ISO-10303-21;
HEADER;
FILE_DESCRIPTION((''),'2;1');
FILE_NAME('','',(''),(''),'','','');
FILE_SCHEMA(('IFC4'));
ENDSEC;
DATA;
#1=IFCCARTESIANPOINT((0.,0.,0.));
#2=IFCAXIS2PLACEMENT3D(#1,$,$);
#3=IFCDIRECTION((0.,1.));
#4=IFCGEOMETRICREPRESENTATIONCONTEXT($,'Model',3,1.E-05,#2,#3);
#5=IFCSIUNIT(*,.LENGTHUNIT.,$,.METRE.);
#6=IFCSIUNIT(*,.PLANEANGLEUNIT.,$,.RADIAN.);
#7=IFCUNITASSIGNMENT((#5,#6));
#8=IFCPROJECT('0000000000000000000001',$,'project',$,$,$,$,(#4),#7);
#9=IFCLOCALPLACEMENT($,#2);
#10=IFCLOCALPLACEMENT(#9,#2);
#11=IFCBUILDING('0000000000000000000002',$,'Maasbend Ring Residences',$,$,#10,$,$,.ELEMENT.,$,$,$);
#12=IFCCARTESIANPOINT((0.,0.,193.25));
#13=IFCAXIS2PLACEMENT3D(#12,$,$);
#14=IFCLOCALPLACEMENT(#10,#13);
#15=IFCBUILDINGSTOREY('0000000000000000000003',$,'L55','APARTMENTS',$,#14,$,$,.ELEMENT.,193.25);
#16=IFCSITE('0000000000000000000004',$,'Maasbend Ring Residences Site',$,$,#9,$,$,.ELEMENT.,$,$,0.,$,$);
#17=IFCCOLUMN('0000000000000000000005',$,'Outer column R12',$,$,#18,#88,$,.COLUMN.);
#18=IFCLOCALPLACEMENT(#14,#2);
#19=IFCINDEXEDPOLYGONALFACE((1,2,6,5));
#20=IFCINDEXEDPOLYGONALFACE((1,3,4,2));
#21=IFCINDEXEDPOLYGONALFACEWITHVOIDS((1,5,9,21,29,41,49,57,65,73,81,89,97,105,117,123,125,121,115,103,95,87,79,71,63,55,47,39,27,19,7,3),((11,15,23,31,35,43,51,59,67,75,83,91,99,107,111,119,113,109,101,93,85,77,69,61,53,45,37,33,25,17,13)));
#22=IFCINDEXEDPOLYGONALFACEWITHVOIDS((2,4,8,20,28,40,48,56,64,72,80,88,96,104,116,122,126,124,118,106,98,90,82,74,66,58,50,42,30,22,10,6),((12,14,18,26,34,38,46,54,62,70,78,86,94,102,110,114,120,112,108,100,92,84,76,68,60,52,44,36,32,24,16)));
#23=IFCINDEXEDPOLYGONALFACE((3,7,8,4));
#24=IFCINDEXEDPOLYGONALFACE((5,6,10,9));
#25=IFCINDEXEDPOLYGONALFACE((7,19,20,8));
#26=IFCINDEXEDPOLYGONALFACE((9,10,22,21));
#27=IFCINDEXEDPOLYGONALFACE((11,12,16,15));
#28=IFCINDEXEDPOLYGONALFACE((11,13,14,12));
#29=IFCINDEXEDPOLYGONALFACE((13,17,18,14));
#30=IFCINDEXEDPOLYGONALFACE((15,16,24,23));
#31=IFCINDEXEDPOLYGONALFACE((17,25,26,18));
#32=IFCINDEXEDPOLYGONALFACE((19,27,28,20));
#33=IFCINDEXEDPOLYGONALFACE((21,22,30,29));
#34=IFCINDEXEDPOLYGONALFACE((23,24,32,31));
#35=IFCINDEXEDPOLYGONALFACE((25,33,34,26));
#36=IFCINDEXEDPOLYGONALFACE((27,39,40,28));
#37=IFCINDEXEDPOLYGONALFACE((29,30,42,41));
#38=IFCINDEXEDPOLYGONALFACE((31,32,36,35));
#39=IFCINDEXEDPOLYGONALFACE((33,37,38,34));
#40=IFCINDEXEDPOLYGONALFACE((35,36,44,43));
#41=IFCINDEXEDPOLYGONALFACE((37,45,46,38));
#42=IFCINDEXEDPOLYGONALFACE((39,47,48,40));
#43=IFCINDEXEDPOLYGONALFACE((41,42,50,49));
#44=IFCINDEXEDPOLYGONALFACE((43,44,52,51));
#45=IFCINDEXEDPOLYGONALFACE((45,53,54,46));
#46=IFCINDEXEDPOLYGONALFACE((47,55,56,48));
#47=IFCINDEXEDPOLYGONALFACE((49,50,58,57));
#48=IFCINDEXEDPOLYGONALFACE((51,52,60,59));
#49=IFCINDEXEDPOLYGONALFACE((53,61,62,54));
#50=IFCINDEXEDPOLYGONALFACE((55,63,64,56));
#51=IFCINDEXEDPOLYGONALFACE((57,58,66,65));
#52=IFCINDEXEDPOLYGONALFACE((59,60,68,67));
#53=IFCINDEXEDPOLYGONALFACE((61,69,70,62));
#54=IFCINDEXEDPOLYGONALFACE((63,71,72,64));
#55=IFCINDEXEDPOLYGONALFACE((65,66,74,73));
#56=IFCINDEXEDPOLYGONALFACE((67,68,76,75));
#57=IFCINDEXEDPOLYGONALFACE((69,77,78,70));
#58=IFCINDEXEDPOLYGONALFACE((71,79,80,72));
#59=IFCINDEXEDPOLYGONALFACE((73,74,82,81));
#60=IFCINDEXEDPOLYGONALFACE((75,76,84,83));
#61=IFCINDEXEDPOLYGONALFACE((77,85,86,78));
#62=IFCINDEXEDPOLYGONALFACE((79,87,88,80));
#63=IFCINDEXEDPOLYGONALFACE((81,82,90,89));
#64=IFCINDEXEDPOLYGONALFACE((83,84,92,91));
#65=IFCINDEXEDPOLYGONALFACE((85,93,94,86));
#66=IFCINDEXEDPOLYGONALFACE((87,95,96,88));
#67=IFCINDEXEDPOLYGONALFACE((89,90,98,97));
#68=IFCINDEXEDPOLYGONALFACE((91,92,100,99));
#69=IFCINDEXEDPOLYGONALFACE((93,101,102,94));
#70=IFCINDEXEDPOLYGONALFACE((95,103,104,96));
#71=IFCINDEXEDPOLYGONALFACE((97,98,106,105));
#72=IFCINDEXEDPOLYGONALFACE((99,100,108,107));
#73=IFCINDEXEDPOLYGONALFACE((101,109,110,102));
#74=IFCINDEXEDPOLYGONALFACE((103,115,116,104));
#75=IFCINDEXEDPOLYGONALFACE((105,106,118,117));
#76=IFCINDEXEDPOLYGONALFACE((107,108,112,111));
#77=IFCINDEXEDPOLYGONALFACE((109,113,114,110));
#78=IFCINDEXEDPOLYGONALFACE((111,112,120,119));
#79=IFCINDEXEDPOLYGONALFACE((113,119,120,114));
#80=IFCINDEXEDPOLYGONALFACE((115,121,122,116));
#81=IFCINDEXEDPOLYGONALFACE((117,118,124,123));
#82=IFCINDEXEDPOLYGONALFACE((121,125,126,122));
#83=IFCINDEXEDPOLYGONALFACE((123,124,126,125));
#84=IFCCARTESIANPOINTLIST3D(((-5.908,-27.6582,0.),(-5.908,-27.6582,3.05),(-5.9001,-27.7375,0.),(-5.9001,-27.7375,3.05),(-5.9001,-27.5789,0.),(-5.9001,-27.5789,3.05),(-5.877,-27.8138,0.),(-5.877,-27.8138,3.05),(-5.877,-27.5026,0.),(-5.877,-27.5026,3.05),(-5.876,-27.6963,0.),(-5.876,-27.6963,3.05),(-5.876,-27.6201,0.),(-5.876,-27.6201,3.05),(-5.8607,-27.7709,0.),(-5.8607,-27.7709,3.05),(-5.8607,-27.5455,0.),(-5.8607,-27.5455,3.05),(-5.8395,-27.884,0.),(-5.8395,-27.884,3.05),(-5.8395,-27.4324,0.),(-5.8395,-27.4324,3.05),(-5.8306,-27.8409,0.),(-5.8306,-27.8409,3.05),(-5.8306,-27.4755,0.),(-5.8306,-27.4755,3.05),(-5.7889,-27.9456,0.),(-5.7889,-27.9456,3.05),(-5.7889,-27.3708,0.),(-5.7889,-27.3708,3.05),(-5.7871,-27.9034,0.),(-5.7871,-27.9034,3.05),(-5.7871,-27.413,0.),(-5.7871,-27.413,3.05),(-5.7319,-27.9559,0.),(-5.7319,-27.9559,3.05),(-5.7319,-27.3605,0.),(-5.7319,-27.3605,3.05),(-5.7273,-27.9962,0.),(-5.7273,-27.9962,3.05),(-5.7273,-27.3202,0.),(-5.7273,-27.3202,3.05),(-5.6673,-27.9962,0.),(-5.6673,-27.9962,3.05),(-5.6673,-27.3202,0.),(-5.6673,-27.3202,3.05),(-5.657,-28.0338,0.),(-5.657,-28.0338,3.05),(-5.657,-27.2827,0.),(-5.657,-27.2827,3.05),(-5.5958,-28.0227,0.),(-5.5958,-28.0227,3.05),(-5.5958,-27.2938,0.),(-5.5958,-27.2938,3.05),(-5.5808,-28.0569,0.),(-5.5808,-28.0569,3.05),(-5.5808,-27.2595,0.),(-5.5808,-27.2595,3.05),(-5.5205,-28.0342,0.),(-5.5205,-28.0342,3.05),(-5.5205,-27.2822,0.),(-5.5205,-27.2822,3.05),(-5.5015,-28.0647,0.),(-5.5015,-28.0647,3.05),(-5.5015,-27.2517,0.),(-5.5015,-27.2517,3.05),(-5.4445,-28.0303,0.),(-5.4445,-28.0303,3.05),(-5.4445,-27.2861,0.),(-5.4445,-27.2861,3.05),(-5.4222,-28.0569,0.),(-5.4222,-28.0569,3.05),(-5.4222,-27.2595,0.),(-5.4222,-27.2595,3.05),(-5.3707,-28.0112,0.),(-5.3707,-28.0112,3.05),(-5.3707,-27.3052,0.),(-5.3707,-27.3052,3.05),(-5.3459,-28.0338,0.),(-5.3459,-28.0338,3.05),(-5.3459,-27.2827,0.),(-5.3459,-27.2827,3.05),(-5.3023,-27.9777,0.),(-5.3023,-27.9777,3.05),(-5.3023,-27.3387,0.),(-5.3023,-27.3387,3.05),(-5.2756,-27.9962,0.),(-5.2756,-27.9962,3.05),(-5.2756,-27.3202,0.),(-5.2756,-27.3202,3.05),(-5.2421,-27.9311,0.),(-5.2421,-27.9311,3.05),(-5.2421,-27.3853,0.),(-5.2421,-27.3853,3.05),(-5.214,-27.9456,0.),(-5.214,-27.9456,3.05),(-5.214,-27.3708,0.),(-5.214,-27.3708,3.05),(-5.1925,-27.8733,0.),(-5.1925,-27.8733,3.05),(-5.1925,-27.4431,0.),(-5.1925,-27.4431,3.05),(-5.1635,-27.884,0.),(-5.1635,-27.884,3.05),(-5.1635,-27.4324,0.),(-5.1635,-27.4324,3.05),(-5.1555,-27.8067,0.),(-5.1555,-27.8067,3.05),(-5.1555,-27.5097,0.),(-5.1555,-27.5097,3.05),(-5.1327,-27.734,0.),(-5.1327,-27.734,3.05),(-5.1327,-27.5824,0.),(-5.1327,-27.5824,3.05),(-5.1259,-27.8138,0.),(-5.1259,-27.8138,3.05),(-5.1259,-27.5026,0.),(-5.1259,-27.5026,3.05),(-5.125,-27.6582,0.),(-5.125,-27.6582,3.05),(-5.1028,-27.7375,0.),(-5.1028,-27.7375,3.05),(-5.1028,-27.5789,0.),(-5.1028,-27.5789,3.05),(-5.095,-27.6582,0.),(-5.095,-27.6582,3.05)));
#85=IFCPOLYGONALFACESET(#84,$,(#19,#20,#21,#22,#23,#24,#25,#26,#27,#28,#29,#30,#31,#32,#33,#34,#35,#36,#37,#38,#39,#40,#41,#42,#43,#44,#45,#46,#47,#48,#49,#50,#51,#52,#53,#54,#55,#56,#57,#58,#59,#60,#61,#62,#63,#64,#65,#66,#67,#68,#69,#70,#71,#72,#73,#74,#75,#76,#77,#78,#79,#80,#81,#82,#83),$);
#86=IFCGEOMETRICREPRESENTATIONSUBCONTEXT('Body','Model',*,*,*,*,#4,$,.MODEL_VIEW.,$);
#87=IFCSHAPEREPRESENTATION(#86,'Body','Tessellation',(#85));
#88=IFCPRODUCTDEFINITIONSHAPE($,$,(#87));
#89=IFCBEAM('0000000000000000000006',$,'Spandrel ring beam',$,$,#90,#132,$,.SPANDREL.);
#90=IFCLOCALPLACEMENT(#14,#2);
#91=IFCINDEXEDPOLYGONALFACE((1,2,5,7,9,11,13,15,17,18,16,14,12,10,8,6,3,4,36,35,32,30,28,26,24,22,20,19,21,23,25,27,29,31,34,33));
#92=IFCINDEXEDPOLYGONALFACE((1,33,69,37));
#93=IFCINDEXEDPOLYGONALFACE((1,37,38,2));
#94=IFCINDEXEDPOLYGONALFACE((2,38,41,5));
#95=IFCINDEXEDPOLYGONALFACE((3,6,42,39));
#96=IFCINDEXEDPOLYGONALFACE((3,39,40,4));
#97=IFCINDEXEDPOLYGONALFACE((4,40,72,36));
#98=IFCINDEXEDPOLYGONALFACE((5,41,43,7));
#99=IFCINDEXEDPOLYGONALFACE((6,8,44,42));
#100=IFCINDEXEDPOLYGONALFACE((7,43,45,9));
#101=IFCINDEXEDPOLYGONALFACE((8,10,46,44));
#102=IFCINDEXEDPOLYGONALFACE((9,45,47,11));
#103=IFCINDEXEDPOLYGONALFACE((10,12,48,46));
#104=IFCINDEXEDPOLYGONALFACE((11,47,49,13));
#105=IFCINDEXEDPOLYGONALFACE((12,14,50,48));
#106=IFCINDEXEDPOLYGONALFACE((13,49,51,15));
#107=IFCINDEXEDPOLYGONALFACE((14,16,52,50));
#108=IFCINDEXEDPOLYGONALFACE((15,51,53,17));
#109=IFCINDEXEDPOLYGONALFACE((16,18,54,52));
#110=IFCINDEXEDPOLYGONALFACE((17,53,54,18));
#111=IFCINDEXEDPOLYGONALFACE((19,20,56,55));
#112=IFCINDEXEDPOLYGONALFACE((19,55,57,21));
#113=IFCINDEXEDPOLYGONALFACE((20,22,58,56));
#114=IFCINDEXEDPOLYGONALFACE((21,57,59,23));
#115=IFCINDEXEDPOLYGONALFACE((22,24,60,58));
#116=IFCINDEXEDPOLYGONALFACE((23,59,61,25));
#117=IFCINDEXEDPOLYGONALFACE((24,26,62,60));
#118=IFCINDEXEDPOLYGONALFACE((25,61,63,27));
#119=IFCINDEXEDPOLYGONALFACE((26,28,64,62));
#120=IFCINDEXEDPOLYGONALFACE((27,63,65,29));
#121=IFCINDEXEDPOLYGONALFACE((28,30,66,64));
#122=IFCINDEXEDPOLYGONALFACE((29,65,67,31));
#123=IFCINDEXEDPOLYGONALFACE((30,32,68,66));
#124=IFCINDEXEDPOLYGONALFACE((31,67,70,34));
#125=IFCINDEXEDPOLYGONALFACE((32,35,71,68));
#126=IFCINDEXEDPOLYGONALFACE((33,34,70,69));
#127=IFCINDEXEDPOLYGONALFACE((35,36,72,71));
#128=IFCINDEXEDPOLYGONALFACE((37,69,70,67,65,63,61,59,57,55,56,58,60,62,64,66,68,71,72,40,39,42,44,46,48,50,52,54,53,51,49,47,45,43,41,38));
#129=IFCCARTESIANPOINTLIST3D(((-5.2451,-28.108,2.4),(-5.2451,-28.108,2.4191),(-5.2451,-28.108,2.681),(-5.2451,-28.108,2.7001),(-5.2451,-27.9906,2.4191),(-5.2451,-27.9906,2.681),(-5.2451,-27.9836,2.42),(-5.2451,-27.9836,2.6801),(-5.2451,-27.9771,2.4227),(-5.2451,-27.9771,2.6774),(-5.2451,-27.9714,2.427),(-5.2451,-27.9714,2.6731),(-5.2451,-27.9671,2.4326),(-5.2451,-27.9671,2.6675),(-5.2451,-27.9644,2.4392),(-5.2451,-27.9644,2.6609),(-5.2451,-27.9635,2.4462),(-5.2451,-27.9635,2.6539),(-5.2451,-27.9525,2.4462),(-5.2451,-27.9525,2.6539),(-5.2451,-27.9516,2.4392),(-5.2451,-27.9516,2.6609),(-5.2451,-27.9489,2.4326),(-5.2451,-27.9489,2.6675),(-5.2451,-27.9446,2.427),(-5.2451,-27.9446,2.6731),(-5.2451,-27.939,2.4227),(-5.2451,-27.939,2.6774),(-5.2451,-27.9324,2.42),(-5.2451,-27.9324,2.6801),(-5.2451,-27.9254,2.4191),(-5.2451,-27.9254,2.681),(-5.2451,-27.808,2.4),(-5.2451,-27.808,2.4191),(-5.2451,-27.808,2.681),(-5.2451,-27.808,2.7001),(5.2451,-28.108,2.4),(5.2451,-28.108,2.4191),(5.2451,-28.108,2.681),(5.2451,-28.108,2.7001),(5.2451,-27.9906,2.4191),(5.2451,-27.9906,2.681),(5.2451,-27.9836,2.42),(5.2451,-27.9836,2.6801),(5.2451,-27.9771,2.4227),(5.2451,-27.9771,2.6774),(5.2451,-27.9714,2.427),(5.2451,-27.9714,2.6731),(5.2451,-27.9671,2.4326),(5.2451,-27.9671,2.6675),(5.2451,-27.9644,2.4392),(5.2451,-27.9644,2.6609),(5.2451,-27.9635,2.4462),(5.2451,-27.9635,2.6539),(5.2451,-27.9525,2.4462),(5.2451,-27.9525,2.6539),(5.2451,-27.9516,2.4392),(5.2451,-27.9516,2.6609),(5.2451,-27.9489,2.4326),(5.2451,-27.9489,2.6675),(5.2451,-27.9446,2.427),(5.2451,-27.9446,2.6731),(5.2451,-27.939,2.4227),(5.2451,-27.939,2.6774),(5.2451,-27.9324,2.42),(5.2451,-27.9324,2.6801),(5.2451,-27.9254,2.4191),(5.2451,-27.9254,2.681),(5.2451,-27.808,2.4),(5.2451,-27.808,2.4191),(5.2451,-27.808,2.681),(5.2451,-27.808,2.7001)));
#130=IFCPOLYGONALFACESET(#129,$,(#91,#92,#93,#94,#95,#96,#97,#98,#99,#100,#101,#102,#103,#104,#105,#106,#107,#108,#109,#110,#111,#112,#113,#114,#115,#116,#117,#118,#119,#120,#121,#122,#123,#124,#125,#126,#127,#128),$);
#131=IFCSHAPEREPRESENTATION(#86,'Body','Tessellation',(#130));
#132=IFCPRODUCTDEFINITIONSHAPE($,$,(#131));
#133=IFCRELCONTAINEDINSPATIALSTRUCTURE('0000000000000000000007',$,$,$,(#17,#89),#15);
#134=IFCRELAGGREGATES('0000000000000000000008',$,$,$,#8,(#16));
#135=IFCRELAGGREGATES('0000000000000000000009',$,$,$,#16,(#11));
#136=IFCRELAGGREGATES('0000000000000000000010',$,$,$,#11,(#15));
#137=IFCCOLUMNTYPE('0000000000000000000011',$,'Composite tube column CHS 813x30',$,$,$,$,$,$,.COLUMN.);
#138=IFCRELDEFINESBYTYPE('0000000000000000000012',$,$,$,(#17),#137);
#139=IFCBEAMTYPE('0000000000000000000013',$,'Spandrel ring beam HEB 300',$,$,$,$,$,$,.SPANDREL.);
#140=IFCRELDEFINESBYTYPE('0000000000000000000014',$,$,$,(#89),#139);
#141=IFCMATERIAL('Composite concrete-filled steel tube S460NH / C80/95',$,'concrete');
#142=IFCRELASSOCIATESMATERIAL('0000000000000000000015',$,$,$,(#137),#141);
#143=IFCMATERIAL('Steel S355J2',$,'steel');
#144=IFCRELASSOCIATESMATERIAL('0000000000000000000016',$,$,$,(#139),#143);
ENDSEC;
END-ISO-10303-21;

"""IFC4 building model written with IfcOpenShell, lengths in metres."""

from ifc_helpers import new_model, si_unit, direction, frame, origin, origin_2d, place, context, subcontext, project, spatial, hollow_circle, i_section, extrude, material, material_profile, profile_set, type_object, element, save


model = new_model("IFC4")

# Units and contexts
model_context = context("Model", 3, precision=1e-05, world=origin(), true_north=direction((0.0, 1.0)))
body_context = subcontext(model_context, "Body", "Model", "MODEL_VIEW")
ifc_project = project(units=[si_unit("LENGTHUNIT", "METRE"), si_unit("PLANEANGLEUNIT", "RADIAN")], contexts=[model_context])

# Site, building, storey
site_placement = place(None, origin())
site = spatial("IfcSite", under=ifc_project, at=site_placement, Name="Maasbend Ring Residences Site", CompositionType="ELEMENT", RefElevation=0.0)
building_placement = place(site_placement, origin())
building = spatial("IfcBuilding", under=site, at=building_placement, Name="Maasbend Ring Residences", CompositionType="ELEMENT")
storey_placement = place(building_placement, frame((0.0, 0.0, 193.25)))
storey = spatial("IfcBuildingStorey", under=building, at=storey_placement, Name="L55", Description="APARTMENTS", CompositionType="ELEMENT", Elevation=193.25)

# Column
ifc_material_1 = material(Name="Composite concrete-filled steel tube S460NH / C80/95", Category="concrete")
ifc_material_profile_1 = material_profile(ifc_material_1, hollow_circle(Radius=0.4065, WallThickness=0.03, at=origin_2d()), Name="Composite tube column CHS 813x30")
ifc_profile_set_1 = profile_set([ifc_material_profile_1], Name="Composite concrete-filled steel tube S460NH / C80/95")
column_type = type_object("IfcColumnType", Name="Composite tube column CHS 813x30", PredefinedType="COLUMN", material=ifc_profile_set_1)
column_placement = place(storey_placement, frame((-5.5015, -27.6582, 0.0), z_axis=(0.0, 0.0, 1.0), x_axis=(1.0, 0.0, 0.0)))
element("IfcColumn", 1, at=column_placement, inside=storey, type_object=column_type, Name="Outer column R12", PredefinedType="COLUMN", context=body_context, shape_type="SweptSolid", body=[
    extrude(hollow_circle(Radius=0.4065, WallThickness=0.03, at=origin_2d()), origin(), (0.0, 0.0, 1.0), 3.05),
])

# Beam
ifc_material_2 = material(Name="Steel S355J2", Category="steel")
ifc_material_profile_2 = material_profile(ifc_material_2, i_section(OverallWidth=0.3, OverallDepth=0.3, WebThickness=0.011, FlangeThickness=0.019, FilletRadius=0.0271, at=origin_2d()), Name="HEB 300")
ifc_profile_set_2 = profile_set([ifc_material_profile_2], Name="Steel S355J2")
beam_type = type_object("IfcBeamType", Name="Spandrel ring beam HEB 300", PredefinedType="SPANDREL", material=ifc_profile_set_2)
beam_placement = place(storey_placement, frame((-5.2451, -27.958, 2.55), z_axis=(1.0, 0.0, 0.0), x_axis=(0.0, 1.0, 0.0)))
element("IfcBeam", 2, at=beam_placement, inside=storey, type_object=beam_type, Name="Spandrel ring beam", PredefinedType="SPANDREL", context=body_context, shape_type="SweptSolid", body=[
    extrude(i_section(OverallWidth=0.3, OverallDepth=0.3, WebThickness=0.011, FlangeThickness=0.019, FilletRadius=0.0271, at=origin_2d()), origin(), (0.0, 0.0, 1.0), 10.4902),
])

save(model, "model.ifc")
